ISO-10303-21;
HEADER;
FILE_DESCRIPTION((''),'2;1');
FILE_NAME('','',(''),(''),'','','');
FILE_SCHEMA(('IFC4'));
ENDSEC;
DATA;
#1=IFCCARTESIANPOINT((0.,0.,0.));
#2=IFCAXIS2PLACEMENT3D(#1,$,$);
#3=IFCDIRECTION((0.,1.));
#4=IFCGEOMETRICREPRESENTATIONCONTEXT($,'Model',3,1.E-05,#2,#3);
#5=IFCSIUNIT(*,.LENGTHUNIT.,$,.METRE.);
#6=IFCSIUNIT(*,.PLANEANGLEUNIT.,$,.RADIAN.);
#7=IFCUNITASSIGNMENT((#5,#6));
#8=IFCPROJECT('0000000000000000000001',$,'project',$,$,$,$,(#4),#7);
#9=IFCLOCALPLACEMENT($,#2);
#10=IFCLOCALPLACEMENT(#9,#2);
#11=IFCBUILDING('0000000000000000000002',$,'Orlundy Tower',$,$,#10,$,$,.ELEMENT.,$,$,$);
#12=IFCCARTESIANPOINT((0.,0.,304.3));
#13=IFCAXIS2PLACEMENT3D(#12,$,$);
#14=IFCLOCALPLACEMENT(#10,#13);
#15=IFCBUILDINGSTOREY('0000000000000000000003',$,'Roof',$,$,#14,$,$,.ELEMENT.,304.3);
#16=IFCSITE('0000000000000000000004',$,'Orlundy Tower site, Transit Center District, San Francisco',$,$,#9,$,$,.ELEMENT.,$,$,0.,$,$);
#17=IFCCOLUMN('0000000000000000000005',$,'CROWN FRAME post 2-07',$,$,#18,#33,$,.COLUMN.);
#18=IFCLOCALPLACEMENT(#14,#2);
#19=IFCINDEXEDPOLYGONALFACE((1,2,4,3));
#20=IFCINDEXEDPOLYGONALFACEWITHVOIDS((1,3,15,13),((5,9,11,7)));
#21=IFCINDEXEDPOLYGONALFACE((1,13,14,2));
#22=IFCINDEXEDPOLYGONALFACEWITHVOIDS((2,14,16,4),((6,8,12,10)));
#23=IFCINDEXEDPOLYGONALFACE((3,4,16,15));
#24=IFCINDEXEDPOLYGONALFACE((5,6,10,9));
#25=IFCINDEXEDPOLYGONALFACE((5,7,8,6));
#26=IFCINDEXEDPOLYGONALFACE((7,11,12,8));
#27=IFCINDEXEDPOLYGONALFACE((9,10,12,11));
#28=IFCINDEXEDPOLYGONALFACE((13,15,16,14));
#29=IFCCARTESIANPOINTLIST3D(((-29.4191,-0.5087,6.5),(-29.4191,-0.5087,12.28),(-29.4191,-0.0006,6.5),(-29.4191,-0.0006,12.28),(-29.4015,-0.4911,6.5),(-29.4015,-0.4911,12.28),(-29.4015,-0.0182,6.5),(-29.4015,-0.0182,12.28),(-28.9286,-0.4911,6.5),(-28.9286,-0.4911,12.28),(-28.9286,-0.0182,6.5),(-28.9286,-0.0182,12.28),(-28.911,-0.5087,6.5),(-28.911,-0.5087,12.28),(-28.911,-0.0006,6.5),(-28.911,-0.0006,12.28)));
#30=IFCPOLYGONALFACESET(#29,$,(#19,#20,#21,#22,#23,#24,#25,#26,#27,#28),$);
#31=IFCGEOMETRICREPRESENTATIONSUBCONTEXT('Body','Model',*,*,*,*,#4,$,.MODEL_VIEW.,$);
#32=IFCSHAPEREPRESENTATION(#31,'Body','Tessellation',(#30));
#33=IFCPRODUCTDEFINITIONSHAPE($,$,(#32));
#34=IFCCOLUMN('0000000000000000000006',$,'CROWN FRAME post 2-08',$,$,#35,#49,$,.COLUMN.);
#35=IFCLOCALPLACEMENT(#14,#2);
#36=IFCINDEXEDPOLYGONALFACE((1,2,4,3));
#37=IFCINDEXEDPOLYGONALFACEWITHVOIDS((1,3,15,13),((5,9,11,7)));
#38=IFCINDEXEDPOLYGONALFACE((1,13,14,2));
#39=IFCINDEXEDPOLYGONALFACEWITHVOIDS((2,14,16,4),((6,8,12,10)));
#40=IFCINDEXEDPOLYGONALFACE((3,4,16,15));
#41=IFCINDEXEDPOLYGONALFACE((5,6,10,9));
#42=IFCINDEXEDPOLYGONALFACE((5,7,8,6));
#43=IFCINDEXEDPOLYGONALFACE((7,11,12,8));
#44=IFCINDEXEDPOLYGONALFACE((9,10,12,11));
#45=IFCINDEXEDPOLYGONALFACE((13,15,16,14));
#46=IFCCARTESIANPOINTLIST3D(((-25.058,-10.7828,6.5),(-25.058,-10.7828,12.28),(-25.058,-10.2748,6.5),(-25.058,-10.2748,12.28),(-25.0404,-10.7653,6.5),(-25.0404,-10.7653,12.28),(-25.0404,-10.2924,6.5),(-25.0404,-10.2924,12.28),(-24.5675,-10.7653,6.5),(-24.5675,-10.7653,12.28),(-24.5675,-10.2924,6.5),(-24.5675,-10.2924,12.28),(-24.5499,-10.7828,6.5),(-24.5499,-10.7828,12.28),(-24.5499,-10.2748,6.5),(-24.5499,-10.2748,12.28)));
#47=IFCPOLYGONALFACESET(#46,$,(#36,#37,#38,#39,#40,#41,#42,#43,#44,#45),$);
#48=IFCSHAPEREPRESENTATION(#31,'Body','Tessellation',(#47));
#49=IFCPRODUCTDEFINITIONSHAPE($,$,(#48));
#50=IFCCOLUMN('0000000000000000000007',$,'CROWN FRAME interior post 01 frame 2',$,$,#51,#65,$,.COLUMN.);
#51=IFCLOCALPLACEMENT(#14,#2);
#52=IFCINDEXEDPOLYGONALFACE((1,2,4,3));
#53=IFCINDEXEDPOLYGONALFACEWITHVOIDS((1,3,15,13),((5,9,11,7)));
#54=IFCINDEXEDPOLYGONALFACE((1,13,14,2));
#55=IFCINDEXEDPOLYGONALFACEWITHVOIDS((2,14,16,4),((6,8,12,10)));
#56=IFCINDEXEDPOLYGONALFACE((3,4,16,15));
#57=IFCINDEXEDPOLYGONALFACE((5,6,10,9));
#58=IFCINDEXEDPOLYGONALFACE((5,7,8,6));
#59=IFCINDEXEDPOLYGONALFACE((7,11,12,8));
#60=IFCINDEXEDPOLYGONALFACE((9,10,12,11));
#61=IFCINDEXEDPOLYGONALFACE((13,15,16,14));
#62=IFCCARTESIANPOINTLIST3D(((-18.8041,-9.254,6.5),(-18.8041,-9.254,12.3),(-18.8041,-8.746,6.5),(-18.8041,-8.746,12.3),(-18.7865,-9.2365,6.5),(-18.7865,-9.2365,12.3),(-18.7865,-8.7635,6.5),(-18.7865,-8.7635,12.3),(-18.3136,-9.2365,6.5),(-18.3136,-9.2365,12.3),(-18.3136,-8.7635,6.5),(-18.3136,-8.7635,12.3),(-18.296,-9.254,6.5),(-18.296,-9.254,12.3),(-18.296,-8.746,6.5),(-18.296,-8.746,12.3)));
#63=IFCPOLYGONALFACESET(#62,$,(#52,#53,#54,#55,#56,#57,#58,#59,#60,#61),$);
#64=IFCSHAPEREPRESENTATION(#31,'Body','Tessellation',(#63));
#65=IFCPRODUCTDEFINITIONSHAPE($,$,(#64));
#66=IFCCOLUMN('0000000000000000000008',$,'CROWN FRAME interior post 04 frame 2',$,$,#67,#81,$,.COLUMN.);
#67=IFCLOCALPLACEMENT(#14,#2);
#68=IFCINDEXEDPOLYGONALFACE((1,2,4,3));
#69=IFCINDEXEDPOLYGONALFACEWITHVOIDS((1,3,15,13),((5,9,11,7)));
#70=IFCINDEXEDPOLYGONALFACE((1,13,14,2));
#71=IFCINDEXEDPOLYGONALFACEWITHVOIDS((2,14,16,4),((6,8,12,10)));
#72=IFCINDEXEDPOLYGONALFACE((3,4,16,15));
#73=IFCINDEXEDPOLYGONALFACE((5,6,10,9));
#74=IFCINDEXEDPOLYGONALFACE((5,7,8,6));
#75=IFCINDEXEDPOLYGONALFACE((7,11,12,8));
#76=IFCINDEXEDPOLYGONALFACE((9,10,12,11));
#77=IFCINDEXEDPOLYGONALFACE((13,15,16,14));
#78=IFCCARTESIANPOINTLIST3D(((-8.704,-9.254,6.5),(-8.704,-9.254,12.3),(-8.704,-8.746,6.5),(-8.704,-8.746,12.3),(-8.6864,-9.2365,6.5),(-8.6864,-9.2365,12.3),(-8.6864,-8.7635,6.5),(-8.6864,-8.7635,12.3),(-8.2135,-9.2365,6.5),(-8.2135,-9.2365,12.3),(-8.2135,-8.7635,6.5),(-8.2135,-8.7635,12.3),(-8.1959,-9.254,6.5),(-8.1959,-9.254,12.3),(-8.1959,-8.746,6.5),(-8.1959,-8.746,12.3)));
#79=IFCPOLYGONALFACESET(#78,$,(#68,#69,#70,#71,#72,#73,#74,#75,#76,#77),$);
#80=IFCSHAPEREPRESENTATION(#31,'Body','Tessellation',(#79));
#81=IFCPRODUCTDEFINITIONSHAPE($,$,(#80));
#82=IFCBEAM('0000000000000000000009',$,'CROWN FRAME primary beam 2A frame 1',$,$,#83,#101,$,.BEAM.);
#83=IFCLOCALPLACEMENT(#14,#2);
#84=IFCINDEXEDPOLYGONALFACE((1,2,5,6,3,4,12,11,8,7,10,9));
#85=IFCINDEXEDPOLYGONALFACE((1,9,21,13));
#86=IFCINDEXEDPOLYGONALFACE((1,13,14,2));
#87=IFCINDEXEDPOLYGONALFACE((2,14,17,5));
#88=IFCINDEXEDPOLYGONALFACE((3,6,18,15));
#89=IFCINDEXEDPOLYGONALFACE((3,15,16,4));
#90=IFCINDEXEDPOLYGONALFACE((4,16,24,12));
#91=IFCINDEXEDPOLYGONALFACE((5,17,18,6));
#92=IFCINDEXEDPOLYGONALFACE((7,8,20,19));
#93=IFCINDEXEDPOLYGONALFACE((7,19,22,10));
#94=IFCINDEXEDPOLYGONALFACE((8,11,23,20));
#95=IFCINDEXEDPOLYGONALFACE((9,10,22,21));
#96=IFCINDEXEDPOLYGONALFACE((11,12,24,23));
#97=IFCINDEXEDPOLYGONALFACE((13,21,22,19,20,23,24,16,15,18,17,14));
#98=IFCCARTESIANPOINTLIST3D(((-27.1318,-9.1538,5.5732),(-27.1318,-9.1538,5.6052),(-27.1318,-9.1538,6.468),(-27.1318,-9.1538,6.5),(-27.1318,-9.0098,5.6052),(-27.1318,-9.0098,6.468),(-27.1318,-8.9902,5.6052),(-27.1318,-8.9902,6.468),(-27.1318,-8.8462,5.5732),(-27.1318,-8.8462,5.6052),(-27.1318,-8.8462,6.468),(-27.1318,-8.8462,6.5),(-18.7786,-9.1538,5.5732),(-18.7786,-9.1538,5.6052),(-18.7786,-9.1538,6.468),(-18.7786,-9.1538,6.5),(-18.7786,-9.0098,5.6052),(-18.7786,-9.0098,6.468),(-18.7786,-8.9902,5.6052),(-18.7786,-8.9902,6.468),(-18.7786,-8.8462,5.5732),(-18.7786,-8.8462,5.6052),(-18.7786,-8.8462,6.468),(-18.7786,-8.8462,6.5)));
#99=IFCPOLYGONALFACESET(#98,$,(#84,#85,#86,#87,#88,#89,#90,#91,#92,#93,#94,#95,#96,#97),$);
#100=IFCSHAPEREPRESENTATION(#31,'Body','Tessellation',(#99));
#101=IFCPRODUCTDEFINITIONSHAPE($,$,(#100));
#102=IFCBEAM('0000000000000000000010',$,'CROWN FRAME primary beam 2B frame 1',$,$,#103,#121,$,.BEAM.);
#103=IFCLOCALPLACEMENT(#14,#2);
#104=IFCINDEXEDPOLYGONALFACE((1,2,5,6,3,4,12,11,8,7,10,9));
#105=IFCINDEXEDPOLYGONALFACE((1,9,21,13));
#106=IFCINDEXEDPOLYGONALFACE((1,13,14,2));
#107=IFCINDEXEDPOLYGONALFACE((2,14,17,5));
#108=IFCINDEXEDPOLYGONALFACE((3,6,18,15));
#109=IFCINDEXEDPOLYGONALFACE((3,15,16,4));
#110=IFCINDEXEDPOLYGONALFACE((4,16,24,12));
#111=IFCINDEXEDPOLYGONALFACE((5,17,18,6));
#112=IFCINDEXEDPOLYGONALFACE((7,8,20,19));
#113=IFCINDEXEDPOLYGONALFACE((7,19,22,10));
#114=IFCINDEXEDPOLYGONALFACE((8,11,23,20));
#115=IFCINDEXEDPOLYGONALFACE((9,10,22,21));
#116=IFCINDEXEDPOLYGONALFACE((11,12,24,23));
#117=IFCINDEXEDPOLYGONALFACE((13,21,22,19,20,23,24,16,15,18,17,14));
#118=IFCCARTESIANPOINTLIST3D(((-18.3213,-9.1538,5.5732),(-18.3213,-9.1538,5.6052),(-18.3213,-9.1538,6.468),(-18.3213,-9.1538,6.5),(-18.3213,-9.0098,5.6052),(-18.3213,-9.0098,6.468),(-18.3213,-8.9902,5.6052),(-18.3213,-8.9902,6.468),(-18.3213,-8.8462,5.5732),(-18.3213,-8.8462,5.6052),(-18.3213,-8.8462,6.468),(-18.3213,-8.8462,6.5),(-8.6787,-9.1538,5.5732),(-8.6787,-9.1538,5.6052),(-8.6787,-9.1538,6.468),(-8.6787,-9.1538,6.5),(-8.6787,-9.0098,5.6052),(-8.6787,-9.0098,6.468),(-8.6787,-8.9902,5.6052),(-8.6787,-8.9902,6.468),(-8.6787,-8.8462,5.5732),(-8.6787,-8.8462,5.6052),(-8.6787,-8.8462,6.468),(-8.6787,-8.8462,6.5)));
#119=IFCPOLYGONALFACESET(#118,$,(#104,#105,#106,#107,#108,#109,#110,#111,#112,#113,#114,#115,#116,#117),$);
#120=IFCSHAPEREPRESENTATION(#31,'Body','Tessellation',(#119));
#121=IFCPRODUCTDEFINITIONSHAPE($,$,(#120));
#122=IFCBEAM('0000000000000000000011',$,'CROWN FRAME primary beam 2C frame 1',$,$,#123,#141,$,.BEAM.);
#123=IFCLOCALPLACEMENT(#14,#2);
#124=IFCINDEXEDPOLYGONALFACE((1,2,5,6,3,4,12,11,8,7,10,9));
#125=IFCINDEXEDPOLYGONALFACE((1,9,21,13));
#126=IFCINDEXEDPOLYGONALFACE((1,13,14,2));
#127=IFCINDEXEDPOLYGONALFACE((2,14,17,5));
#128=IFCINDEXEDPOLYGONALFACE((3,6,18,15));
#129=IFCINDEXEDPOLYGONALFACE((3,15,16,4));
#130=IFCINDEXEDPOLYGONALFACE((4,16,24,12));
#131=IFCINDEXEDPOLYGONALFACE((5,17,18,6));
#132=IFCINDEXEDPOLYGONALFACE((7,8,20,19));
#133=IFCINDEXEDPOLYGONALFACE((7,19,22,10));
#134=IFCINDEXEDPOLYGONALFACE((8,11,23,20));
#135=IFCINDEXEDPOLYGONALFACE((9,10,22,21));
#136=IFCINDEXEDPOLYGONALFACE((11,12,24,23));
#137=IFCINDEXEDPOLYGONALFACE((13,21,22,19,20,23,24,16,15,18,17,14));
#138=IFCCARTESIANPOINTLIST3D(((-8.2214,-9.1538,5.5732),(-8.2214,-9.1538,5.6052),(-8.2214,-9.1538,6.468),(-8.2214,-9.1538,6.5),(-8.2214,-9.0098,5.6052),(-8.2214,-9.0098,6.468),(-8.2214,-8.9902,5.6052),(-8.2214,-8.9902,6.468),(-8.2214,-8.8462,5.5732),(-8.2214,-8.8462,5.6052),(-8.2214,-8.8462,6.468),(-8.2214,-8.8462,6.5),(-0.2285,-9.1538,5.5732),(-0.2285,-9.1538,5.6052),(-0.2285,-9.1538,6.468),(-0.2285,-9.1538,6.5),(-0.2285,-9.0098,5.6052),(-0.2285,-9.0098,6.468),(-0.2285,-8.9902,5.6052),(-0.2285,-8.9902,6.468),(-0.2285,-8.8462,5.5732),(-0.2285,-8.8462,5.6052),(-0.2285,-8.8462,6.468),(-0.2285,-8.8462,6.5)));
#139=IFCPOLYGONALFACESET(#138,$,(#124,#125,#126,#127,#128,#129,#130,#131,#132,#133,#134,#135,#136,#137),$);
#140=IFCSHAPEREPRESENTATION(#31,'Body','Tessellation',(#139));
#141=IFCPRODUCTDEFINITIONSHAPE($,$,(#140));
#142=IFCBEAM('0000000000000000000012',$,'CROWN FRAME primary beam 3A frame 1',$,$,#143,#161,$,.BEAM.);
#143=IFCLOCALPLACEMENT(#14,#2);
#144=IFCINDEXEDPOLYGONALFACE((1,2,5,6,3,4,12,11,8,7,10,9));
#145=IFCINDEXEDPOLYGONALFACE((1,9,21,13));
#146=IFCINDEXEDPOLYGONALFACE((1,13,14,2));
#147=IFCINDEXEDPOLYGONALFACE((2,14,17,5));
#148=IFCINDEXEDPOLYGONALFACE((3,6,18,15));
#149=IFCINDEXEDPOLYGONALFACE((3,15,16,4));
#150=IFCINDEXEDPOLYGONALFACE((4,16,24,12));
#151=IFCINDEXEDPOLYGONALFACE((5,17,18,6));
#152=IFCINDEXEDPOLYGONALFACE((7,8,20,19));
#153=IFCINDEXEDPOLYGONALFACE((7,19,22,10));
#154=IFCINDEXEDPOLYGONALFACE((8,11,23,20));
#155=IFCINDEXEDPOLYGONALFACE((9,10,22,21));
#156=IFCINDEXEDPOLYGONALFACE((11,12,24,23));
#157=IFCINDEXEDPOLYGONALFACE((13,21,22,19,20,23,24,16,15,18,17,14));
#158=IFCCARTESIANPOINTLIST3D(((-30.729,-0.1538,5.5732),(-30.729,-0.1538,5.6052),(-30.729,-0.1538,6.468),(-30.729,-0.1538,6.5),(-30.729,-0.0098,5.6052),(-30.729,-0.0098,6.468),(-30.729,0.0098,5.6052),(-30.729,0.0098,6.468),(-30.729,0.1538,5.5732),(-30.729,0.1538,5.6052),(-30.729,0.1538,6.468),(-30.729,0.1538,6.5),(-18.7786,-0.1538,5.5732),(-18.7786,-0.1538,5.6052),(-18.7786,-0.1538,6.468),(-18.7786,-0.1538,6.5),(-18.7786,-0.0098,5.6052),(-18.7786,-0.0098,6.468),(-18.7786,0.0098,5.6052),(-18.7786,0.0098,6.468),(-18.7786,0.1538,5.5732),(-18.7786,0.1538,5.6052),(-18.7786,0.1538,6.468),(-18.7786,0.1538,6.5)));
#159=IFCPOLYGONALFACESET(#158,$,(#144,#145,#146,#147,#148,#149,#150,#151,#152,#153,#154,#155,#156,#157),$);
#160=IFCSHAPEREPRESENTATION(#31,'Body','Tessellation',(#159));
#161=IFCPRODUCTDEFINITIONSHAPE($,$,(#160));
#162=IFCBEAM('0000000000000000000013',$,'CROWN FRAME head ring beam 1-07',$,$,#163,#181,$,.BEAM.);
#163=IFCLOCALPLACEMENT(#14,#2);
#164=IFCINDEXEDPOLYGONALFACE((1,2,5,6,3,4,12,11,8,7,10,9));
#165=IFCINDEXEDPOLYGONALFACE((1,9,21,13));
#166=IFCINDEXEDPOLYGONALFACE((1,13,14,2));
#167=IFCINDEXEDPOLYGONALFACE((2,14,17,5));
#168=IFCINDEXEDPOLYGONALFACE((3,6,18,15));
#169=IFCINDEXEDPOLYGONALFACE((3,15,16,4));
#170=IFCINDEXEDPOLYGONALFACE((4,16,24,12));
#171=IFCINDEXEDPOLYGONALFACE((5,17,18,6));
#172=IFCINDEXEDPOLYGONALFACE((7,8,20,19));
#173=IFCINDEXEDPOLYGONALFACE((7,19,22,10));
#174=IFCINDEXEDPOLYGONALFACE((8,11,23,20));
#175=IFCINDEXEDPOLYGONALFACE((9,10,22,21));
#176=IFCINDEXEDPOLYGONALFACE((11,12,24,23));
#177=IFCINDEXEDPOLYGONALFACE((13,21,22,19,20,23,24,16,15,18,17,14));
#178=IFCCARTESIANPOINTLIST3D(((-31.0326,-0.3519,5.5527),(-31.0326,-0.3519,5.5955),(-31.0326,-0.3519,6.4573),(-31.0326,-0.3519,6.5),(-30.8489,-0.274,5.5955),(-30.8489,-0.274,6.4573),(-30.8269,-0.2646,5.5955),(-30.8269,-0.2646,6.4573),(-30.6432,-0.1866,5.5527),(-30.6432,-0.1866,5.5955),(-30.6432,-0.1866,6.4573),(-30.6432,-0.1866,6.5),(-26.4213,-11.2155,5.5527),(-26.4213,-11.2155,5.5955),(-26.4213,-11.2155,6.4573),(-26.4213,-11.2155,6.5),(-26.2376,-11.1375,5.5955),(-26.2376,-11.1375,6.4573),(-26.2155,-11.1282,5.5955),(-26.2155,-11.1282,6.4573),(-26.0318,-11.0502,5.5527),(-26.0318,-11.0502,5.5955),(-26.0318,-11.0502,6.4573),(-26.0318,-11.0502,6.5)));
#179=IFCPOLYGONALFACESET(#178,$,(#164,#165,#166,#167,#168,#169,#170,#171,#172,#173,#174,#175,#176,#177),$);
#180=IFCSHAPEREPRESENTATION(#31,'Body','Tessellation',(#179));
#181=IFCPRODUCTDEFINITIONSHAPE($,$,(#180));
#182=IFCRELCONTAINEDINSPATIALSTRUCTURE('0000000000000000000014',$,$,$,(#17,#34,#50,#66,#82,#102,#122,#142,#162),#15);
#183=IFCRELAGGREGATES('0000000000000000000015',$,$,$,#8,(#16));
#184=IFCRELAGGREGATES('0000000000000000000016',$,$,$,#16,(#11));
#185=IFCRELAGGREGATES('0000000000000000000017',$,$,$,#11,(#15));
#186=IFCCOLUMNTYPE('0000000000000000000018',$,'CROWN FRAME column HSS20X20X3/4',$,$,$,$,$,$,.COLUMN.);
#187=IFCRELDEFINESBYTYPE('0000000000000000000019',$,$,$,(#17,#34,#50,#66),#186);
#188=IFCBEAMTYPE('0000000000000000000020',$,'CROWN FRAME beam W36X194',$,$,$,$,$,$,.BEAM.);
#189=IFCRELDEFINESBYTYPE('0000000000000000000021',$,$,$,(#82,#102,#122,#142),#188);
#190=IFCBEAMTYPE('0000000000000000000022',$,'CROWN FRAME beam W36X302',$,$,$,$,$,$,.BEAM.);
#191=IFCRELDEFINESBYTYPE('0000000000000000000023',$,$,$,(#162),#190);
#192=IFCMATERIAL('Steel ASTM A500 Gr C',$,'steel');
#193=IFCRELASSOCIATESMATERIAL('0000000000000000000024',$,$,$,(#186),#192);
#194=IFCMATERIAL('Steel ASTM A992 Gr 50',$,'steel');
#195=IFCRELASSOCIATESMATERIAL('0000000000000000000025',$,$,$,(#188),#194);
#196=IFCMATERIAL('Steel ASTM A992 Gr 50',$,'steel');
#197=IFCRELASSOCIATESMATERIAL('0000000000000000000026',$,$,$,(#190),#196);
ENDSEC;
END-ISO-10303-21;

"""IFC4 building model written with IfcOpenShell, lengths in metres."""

from ifc_helpers import new_model, si_unit, direction, frame, origin, origin_2d, place, context, subcontext, project, spatial, hollow_rectangle, i_section, extrude, material, material_profile, profile_set, type_object, element, save


model = new_model("IFC4")

# Units and contexts
model_context = context("Model", 3, precision=1e-05, world=origin(), true_north=direction((0.0, 1.0)))
body_context = subcontext(model_context, "Body", "Model", "MODEL_VIEW")
ifc_project = project(units=[si_unit("LENGTHUNIT", "METRE"), si_unit("PLANEANGLEUNIT", "RADIAN")], contexts=[model_context])

# Site, building, storey
site_placement = place(None, origin())
site = spatial("IfcSite", under=ifc_project, at=site_placement, Name="Orlundy Tower site, Transit Center District, San Francisco", CompositionType="ELEMENT", RefElevation=0.0)
building_placement = place(site_placement, origin())
building = spatial("IfcBuilding", under=site, at=building_placement, Name="Orlundy Tower", CompositionType="ELEMENT")
storey_placement = place(building_placement, frame((0.0, 0.0, 304.3)))
storey = spatial("IfcBuildingStorey", under=building, at=storey_placement, Name="Roof", CompositionType="ELEMENT", Elevation=304.3)

# Columns
ifc_material_1 = material(Name="Steel ASTM A500 Gr C", Category="steel")
ifc_material_profile_1 = material_profile(ifc_material_1, hollow_rectangle(XDim=0.5081, YDim=0.5081, WallThickness=0.0176, at=origin_2d()), Name="HSS20X20X3/4")
ifc_profile_set_1 = profile_set([ifc_material_profile_1], Name="Steel ASTM A500 Gr C")
column_type = type_object("IfcColumnType", Name="CROWN FRAME column HSS20X20X3/4", PredefinedType="COLUMN", material=ifc_profile_set_1)
for number, where, z_axis, x_axis, name in (
    (1, (-29.165, -0.2546, 6.5), (0.0, 0.0, 1.0), (1.0, 0.0, 0.0), "CROWN FRAME post 2-07"),
    (2, (-24.804, -10.5288, 6.5), (0.0, 0.0, 1.0), (1.0, 0.0, 0.0), "CROWN FRAME post 2-08"),
):
    element("IfcColumn", number, at=place(storey_placement, frame(where, z_axis=z_axis, x_axis=x_axis)), inside=storey, type_object=column_type, Name=name, PredefinedType="COLUMN", context=body_context, shape_type="SweptSolid", body=[
        extrude(hollow_rectangle(XDim=0.5081, YDim=0.5081, WallThickness=0.0176, at=origin_2d()), origin(), (0.0, 0.0, 1.0), 5.78),
    ])
for number, where, z_axis, x_axis, name in (
    (3, (-18.55, -9.0, 6.5), (0.0, 0.0, 1.0), (1.0, 0.0, 0.0), "CROWN FRAME interior post 01 frame 2"),
    (4, (-8.45, -9.0, 6.5), (0.0, 0.0, 1.0), (1.0, 0.0, 0.0), "CROWN FRAME interior post 04 frame 2"),
):
    element("IfcColumn", number, at=place(storey_placement, frame(where, z_axis=z_axis, x_axis=x_axis)), inside=storey, type_object=column_type, Name=name, PredefinedType="COLUMN", context=body_context, shape_type="SweptSolid", body=[
        extrude(hollow_rectangle(XDim=0.5081, YDim=0.5081, WallThickness=0.0176, at=origin_2d()), origin(), (0.0, 0.0, 1.0), 5.8),
    ])

# Beams
ifc_material_2 = material(Name="Steel ASTM A992 Gr 50", Category="steel")
ifc_material_profile_2 = material_profile(ifc_material_2, i_section(OverallWidth=0.3076, OverallDepth=0.9268, WebThickness=0.0195, FlangeThickness=0.032, at=origin_2d()), Name="W36X194")
ifc_profile_set_2 = profile_set([ifc_material_profile_2], Name="Steel ASTM A992 Gr 50")
beam_type_1 = type_object("IfcBeamType", Name="CROWN FRAME beam W36X194", PredefinedType="BEAM", material=ifc_profile_set_2)
beam_1_placement = place(storey_placement, frame((-27.1318, -9.0, 6.0366), z_axis=(1.0, 0.0, 0.0), x_axis=(0.0, 1.0, 0.0)))
element("IfcBeam", 5, at=beam_1_placement, inside=storey, type_object=beam_type_1, Name="CROWN FRAME primary beam 2A frame 1", PredefinedType="BEAM", context=body_context, shape_type="SweptSolid", body=[
    extrude(i_section(OverallWidth=0.3076, OverallDepth=0.9268, WebThickness=0.0195, FlangeThickness=0.032, at=origin_2d()), origin(), (0.0, 0.0, 1.0), 8.3533),
])
beam_2_placement = place(storey_placement, frame((-18.3213, -9.0, 6.0366), z_axis=(1.0, 0.0, 0.0), x_axis=(0.0, 1.0, 0.0)))
element("IfcBeam", 6, at=beam_2_placement, inside=storey, type_object=beam_type_1, Name="CROWN FRAME primary beam 2B frame 1", PredefinedType="BEAM", context=body_context, shape_type="SweptSolid", body=[
    extrude(i_section(OverallWidth=0.3076, OverallDepth=0.9268, WebThickness=0.0195, FlangeThickness=0.032, at=origin_2d()), origin(), (0.0, 0.0, 1.0), 9.6426),
])
beam_3_placement = place(storey_placement, frame((-8.2214, -9.0, 6.0366), z_axis=(1.0, 0.0, 0.0), x_axis=(0.0, 1.0, 0.0)))
element("IfcBeam", 7, at=beam_3_placement, inside=storey, type_object=beam_type_1, Name="CROWN FRAME primary beam 2C frame 1", PredefinedType="BEAM", context=body_context, shape_type="SweptSolid", body=[
    extrude(i_section(OverallWidth=0.3076, OverallDepth=0.9268, WebThickness=0.0195, FlangeThickness=0.032, at=origin_2d()), origin(), (0.0, 0.0, 1.0), 7.9929),
])
beam_4_placement = place(storey_placement, frame((-30.729, 0.0, 6.0366), z_axis=(1.0, 0.0, 0.0), x_axis=(0.0, 1.0, 0.0)))
element("IfcBeam", 8, at=beam_4_placement, inside=storey, type_object=beam_type_1, Name="CROWN FRAME primary beam 3A frame 1", PredefinedType="BEAM", context=body_context, shape_type="SweptSolid", body=[
    extrude(i_section(OverallWidth=0.3076, OverallDepth=0.9268, WebThickness=0.0195, FlangeThickness=0.032, at=origin_2d()), origin(), (0.0, 0.0, 1.0), 11.9504),
])
ifc_material_3 = material(Name="Steel ASTM A992 Gr 50", Category="steel")
ifc_material_profile_3 = material_profile(ifc_material_3, i_section(OverallWidth=0.4231, OverallDepth=0.9473, WebThickness=0.0239, FlangeThickness=0.0427, at=origin_2d()), Name="W36X302")
ifc_profile_set_3 = profile_set([ifc_material_profile_3], Name="Steel ASTM A992 Gr 50")
beam_type_2 = type_object("IfcBeamType", Name="CROWN FRAME beam W36X302", PredefinedType="BEAM", material=ifc_profile_set_3)
beam_5_placement = place(storey_placement, frame((-30.8379, -0.2693, 6.0264), z_axis=(0.390734, -0.920504, 0.0), x_axis=(0.920504, 0.390734, 0.0)))
element("IfcBeam", 9, at=beam_5_placement, inside=storey, type_object=beam_type_2, Name="CROWN FRAME head ring beam 1-07", PredefinedType="BEAM", context=body_context, shape_type="SweptSolid", body=[
    extrude(i_section(OverallWidth=0.4231, OverallDepth=0.9473, WebThickness=0.0239, FlangeThickness=0.0427, at=origin_2d()), origin(), (0.0, 0.0, 1.0), 11.8018),
])

save(model, "model.ifc")
